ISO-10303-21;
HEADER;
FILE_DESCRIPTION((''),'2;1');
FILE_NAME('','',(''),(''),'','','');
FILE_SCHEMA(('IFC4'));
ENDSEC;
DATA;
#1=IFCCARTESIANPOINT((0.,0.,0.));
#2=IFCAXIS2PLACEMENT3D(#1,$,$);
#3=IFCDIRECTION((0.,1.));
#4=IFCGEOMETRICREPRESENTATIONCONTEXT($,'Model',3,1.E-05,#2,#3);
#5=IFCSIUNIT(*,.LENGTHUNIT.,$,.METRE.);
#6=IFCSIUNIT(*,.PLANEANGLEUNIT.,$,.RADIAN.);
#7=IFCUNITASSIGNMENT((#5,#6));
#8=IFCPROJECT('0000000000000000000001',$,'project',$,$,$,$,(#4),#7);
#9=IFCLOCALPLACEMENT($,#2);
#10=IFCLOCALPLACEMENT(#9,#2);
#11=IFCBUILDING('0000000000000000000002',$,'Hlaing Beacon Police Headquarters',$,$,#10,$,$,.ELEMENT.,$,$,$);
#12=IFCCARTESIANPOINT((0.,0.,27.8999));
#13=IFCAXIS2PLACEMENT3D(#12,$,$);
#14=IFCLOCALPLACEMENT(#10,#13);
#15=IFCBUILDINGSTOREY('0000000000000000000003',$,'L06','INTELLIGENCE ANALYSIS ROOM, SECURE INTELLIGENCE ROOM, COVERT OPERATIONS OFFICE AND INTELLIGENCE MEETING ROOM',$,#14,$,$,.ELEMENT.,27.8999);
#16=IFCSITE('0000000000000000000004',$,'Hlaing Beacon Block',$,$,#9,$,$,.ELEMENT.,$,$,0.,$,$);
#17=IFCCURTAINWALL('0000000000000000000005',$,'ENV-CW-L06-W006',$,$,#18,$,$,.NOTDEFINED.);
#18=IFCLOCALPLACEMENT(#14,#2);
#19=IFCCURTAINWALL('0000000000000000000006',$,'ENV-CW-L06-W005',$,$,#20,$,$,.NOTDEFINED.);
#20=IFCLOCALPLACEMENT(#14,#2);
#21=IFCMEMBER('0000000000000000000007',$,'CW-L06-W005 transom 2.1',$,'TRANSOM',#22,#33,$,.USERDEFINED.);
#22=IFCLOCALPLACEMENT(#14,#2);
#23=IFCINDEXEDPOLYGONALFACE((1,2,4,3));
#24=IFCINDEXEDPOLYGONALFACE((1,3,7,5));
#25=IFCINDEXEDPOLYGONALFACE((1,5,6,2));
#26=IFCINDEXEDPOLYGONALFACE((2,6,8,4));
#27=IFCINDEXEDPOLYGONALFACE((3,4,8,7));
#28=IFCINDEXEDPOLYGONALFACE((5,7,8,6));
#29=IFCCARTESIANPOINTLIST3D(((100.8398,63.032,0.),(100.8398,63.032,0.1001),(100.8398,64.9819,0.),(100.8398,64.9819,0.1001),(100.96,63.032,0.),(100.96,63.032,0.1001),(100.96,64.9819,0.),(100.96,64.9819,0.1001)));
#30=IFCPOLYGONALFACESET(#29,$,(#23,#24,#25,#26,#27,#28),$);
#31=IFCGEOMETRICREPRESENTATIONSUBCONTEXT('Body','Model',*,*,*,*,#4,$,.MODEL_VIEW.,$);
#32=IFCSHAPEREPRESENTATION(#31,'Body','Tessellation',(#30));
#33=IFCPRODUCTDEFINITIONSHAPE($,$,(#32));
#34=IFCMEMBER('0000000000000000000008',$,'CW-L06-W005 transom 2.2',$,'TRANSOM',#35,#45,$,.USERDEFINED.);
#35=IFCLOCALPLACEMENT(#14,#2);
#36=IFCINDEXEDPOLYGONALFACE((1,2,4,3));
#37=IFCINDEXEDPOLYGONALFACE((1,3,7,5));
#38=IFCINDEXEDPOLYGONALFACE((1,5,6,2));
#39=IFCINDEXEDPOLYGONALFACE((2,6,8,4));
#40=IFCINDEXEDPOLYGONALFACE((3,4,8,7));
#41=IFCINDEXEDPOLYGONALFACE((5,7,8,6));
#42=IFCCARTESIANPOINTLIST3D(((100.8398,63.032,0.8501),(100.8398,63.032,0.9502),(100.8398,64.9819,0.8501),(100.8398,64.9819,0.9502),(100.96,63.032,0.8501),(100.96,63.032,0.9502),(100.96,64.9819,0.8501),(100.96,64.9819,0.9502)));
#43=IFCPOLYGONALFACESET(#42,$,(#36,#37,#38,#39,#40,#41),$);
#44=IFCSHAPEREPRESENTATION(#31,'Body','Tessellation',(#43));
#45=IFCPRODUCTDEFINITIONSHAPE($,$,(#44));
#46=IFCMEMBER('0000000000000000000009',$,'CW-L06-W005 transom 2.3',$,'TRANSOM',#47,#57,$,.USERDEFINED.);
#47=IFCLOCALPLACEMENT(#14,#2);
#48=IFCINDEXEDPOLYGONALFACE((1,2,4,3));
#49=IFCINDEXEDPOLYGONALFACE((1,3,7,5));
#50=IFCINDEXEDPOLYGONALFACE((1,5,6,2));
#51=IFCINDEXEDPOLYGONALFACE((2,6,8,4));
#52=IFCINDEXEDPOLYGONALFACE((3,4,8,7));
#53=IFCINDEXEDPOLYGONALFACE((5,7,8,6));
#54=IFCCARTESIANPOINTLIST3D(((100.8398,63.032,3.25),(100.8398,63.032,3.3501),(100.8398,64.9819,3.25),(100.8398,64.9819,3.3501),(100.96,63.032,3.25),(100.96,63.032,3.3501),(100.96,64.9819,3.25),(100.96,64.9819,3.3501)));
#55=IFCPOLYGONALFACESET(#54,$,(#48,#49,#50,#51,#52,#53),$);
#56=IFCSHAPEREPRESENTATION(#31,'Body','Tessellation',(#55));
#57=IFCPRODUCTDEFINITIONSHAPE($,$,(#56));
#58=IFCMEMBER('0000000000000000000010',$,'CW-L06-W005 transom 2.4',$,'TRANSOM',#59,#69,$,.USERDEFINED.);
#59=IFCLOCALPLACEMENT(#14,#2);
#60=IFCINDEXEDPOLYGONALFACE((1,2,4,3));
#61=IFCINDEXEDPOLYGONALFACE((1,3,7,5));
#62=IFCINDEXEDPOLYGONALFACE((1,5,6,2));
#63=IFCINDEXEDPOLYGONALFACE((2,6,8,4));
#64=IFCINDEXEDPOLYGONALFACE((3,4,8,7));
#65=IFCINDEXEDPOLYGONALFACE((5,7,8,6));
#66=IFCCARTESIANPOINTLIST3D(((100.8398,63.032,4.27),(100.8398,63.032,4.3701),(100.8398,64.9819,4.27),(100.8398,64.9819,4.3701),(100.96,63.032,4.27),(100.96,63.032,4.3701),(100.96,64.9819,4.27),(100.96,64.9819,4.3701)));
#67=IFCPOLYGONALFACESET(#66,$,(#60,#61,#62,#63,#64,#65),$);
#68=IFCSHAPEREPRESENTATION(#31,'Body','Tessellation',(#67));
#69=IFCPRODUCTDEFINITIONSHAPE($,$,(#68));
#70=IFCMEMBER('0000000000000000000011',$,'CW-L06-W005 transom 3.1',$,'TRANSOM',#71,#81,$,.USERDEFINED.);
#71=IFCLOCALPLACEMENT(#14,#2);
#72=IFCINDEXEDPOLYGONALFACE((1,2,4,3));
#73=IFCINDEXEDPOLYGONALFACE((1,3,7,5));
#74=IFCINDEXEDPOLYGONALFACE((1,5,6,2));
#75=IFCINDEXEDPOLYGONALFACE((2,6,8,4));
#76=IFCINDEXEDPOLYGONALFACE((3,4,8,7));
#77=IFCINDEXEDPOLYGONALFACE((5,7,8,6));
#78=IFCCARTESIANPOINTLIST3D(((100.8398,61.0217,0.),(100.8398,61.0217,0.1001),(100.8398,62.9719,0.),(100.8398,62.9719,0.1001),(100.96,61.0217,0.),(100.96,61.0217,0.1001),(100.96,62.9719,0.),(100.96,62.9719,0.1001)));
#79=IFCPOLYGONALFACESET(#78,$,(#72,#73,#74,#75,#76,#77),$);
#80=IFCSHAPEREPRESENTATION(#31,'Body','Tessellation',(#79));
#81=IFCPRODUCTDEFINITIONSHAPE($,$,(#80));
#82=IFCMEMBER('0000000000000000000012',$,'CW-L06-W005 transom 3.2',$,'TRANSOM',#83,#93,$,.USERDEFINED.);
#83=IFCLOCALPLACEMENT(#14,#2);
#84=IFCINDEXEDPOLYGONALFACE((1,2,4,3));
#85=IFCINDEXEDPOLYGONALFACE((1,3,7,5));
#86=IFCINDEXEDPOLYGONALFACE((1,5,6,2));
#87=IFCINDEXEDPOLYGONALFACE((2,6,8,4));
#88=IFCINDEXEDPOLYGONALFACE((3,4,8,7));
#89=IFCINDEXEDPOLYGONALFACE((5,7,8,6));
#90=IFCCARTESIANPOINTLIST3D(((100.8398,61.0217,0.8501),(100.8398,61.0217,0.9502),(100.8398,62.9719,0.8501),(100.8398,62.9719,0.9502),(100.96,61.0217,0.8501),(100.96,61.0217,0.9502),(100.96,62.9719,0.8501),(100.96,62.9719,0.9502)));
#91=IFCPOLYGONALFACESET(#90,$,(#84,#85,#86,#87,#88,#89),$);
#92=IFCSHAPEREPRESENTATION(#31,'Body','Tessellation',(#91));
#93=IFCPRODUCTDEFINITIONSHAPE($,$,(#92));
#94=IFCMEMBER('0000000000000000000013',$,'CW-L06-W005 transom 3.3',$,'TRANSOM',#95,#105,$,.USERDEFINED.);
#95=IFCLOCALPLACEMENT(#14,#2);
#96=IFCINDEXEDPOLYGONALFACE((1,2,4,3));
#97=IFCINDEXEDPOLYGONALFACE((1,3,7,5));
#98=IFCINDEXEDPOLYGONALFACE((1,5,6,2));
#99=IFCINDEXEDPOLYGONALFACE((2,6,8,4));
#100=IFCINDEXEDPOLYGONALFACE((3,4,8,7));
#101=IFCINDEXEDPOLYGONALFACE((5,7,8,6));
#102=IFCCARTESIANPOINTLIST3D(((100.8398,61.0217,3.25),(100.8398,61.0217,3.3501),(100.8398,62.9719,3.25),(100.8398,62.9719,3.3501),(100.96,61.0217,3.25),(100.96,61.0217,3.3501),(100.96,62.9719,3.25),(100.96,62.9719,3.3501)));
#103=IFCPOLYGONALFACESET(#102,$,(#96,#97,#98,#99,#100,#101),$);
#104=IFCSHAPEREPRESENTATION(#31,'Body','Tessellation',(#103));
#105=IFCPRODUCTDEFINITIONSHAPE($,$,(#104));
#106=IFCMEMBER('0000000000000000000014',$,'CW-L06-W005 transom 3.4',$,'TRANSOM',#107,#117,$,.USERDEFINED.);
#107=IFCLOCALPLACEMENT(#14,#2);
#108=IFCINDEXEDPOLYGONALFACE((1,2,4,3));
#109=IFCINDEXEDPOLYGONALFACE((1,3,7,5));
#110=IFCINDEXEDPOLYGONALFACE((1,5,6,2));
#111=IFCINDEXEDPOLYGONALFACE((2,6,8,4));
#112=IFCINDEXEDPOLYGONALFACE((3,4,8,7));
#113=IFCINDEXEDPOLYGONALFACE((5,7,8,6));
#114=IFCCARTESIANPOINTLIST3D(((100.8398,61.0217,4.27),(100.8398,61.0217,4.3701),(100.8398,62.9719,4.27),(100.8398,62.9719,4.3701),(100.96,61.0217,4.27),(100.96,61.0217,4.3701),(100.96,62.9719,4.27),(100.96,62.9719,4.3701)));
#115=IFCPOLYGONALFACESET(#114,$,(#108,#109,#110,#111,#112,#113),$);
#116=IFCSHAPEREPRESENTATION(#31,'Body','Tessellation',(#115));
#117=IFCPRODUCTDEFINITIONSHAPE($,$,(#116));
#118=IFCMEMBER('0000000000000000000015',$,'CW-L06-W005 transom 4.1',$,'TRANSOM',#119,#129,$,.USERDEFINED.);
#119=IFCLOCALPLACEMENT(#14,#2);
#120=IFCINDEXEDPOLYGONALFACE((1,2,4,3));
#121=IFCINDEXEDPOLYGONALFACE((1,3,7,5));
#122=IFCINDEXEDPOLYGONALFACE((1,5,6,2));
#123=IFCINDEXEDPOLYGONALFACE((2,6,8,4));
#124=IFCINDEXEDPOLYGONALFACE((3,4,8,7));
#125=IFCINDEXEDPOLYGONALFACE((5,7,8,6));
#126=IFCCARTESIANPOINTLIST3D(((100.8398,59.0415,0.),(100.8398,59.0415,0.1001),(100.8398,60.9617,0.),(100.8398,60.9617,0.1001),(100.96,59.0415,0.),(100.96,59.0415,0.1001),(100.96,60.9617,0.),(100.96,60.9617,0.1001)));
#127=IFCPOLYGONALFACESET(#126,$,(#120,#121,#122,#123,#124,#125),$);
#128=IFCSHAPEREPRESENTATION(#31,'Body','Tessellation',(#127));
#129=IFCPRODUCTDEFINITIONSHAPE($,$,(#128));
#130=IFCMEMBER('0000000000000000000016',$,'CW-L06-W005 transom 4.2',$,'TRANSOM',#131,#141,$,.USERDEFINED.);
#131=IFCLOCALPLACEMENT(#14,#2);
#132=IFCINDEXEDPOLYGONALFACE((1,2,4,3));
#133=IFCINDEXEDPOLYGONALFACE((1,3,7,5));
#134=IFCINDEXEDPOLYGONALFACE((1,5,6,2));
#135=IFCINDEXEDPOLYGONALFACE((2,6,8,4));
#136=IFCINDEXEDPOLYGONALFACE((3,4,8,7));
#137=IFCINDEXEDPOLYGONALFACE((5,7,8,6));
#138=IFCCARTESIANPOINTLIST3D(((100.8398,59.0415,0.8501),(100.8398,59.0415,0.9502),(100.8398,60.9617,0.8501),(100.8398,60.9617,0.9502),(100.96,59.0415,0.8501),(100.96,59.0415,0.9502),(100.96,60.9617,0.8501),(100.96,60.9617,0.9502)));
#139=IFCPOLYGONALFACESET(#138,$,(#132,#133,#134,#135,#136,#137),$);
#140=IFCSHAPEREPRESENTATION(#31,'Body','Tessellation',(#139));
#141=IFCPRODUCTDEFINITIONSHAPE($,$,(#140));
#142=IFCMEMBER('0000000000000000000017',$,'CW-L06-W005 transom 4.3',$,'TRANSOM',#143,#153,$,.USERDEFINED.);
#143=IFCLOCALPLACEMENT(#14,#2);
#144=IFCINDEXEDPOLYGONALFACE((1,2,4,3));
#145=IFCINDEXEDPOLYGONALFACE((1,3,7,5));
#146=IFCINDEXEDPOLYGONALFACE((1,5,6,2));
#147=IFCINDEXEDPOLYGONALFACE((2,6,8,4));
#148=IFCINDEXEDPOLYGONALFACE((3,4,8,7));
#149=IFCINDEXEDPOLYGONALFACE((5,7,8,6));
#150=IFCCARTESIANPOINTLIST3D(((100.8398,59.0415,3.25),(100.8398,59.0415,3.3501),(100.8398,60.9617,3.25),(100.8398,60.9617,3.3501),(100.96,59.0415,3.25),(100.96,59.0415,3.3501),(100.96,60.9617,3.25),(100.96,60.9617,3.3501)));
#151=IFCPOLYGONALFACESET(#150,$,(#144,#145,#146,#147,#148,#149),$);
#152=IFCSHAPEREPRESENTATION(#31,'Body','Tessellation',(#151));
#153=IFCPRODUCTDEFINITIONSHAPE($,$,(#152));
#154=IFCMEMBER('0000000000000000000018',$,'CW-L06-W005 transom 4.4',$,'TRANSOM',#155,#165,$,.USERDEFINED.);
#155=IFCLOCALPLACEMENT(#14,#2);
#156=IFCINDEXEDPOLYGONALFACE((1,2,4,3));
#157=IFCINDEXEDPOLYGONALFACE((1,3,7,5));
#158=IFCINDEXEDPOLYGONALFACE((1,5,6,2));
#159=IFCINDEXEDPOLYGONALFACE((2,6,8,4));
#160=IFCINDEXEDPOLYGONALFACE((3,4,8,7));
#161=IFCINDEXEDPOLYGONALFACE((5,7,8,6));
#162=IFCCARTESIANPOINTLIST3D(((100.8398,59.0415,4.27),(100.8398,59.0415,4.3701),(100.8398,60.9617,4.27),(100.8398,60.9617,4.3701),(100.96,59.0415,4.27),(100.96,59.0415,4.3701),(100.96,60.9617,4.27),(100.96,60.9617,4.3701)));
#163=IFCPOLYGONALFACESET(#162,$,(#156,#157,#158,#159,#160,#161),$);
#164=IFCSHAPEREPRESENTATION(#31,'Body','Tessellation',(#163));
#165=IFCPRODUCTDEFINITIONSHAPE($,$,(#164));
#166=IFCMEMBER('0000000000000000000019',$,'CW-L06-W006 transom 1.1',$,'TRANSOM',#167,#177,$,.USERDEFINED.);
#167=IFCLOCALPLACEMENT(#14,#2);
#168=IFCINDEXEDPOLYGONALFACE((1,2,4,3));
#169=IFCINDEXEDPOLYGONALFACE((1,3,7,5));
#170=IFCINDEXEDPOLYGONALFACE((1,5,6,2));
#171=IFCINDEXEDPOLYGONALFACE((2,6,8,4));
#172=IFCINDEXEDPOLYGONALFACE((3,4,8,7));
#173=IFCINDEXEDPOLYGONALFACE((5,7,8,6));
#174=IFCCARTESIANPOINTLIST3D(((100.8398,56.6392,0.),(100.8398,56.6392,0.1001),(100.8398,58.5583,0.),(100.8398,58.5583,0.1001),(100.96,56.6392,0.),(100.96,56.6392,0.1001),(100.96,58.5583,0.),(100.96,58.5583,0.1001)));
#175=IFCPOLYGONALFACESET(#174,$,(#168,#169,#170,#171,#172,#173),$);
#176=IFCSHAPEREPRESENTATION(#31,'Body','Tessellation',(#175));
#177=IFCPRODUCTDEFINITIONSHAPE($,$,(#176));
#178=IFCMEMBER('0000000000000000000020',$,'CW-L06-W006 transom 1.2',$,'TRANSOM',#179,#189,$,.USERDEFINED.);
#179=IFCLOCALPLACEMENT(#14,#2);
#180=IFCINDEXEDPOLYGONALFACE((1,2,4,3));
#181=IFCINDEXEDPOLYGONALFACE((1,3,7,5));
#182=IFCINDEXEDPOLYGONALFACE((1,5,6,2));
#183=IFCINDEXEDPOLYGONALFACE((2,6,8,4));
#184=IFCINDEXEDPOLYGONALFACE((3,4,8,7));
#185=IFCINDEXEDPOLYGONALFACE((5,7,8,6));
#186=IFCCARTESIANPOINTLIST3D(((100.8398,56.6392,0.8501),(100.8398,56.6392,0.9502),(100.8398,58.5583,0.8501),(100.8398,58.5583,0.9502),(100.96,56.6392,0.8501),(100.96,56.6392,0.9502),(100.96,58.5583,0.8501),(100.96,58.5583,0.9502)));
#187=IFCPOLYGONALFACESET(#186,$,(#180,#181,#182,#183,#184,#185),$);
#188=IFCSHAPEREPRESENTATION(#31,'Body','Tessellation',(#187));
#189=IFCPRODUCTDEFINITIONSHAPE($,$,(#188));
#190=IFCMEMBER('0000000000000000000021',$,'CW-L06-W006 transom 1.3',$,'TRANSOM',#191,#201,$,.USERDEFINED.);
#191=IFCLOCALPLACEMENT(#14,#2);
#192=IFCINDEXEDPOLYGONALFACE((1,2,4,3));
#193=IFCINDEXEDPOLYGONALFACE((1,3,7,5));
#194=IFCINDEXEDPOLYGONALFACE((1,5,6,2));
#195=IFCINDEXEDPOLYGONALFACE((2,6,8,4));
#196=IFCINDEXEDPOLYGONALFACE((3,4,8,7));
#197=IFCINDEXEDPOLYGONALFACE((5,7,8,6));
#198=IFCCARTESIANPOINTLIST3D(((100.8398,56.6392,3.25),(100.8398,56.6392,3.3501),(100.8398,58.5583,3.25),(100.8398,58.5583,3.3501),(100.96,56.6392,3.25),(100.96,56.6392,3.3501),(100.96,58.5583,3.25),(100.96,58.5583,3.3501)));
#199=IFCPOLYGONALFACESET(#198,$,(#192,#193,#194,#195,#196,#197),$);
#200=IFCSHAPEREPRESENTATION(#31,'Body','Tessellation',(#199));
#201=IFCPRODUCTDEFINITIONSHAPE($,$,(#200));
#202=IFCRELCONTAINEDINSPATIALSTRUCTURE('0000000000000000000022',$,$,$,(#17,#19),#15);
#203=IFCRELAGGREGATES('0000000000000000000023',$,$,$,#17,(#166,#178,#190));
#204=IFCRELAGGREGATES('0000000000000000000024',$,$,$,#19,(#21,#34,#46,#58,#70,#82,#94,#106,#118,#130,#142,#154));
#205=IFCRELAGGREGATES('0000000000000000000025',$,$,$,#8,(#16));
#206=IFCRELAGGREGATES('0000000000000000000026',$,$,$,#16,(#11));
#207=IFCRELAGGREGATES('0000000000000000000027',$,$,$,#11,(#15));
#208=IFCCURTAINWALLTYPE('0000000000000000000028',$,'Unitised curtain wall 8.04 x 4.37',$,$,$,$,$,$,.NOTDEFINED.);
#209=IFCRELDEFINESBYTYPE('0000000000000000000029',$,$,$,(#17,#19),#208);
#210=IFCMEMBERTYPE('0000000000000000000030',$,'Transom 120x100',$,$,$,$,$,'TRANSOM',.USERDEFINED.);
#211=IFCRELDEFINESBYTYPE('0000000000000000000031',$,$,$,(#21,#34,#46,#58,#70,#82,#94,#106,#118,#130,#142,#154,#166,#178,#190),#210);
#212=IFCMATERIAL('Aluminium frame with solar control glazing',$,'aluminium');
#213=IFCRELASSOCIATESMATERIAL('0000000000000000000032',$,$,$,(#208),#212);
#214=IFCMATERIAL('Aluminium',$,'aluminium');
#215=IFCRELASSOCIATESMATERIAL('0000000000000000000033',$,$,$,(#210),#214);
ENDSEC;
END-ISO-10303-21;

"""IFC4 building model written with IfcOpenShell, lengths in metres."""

from ifc_helpers import new_model, si_unit, direction, frame, origin, origin_2d, place, context, subcontext, project, spatial, rectangle, extrude, material, material_profile, profile_set, type_object, element, aggregate, save


model = new_model("IFC4")

# Units and contexts
model_context = context("Model", 3, precision=1e-05, world=origin(), true_north=direction((0.0, 1.0)))
body_context = subcontext(model_context, "Body", "Model", "MODEL_VIEW")
ifc_project = project(units=[si_unit("LENGTHUNIT", "METRE"), si_unit("PLANEANGLEUNIT", "RADIAN")], contexts=[model_context])

# Site, building, storey
site_placement = place(None, origin())
site = spatial("IfcSite", under=ifc_project, at=site_placement, Name="Hlaing Beacon Block", CompositionType="ELEMENT", RefElevation=0.0)
building_placement = place(site_placement, origin())
building = spatial("IfcBuilding", under=site, at=building_placement, Name="Hlaing Beacon Police Headquarters", CompositionType="ELEMENT")
storey_placement = place(building_placement, frame((0.0, 0.0, 27.8999)))
storey = spatial("IfcBuildingStorey", under=building, at=storey_placement, Name="L06", Description="INTELLIGENCE ANALYSIS ROOM, SECURE INTELLIGENCE ROOM, COVERT OPERATIONS OFFICE AND INTELLIGENCE MEETING ROOM", CompositionType="ELEMENT", Elevation=27.8999)

# Curtain wall
ifc_material_1 = material(Name="Aluminium frame with solar control glazing", Category="aluminium")
curtain_wall_type = type_object("IfcCurtainWallType", Name="Unitised curtain wall 8.04 x 4.37", PredefinedType="NOTDEFINED", material=ifc_material_1)
curtain_wall_1_placement = place(storey_placement, origin())
curtain_wall_1 = element("IfcCurtainWall", 1, at=curtain_wall_1_placement, inside=storey, type_object=curtain_wall_type, Name="ENV-CW-L06-W006", PredefinedType="NOTDEFINED")

# Curtain wall, members
curtain_wall_2_placement = place(storey_placement, origin())
curtain_wall_2 = element("IfcCurtainWall", 2, at=curtain_wall_2_placement, inside=storey, type_object=curtain_wall_type, Name="ENV-CW-L06-W005", PredefinedType="NOTDEFINED")
ifc_material_2 = material(Name="Aluminium", Category="aluminium")
ifc_material_profile_1 = material_profile(ifc_material_2, rectangle(XDim=0.1201, YDim=0.1001, at=origin_2d()), Name="Transom 120x100")
ifc_profile_set_1 = profile_set([ifc_material_profile_1], Name="Aluminium")
member_type_1 = type_object("IfcMemberType", Name="Transom 120x100", ElementType="TRANSOM", PredefinedType="USERDEFINED", material=ifc_profile_set_1)
member_1_placement = place(storey_placement, frame((100.8999, 64.9819, 0.05), z_axis=(0.0, -1.0, 0.0), x_axis=(1.0, 0.0, 0.0)))
member_1 = element("IfcMember", 3, at=member_1_placement, type_object=member_type_1, Name="CW-L06-W005 transom 2.1", ObjectType="TRANSOM", PredefinedType="USERDEFINED", context=body_context, shape_type="SweptSolid", body=[
    extrude(rectangle(XDim=0.1201, YDim=0.1001, at=origin_2d()), origin(), (0.0, 0.0, 1.0), 1.95),
])
member_2_placement = place(storey_placement, frame((100.8999, 64.9819, 0.9001), z_axis=(0.0, -1.0, 0.0), x_axis=(1.0, 0.0, 0.0)))
member_2 = element("IfcMember", 4, at=member_2_placement, type_object=member_type_1, Name="CW-L06-W005 transom 2.2", ObjectType="TRANSOM", PredefinedType="USERDEFINED", context=body_context, shape_type="SweptSolid", body=[
    extrude(rectangle(XDim=0.1201, YDim=0.1001, at=origin_2d()), origin(), (0.0, 0.0, 1.0), 1.95),
])
member_3_placement = place(storey_placement, frame((100.8999, 64.9819, 3.3), z_axis=(0.0, -1.0, 0.0), x_axis=(1.0, 0.0, 0.0)))
member_3 = element("IfcMember", 5, at=member_3_placement, type_object=member_type_1, Name="CW-L06-W005 transom 2.3", ObjectType="TRANSOM", PredefinedType="USERDEFINED", context=body_context, shape_type="SweptSolid", body=[
    extrude(rectangle(XDim=0.1201, YDim=0.1001, at=origin_2d()), origin(), (0.0, 0.0, 1.0), 1.95),
])
member_4_placement = place(storey_placement, frame((100.8999, 64.9819, 4.3201), z_axis=(0.0, -1.0, 0.0), x_axis=(1.0, 0.0, 0.0)))
member_4 = element("IfcMember", 6, at=member_4_placement, type_object=member_type_1, Name="CW-L06-W005 transom 2.4", ObjectType="TRANSOM", PredefinedType="USERDEFINED", context=body_context, shape_type="SweptSolid", body=[
    extrude(rectangle(XDim=0.1201, YDim=0.1001, at=origin_2d()), origin(), (0.0, 0.0, 1.0), 1.95),
])
member_5_placement = place(storey_placement, frame((100.8999, 62.9719, 0.05), z_axis=(0.0, -1.0, 0.0), x_axis=(1.0, 0.0, 0.0)))
member_5 = element("IfcMember", 7, at=member_5_placement, type_object=member_type_1, Name="CW-L06-W005 transom 3.1", ObjectType="TRANSOM", PredefinedType="USERDEFINED", context=body_context, shape_type="SweptSolid", body=[
    extrude(rectangle(XDim=0.1201, YDim=0.1001, at=origin_2d()), origin(), (0.0, 0.0, 1.0), 1.9502),
])
member_6_placement = place(storey_placement, frame((100.8999, 62.9719, 0.9001), z_axis=(0.0, -1.0, 0.0), x_axis=(1.0, 0.0, 0.0)))
member_6 = element("IfcMember", 8, at=member_6_placement, type_object=member_type_1, Name="CW-L06-W005 transom 3.2", ObjectType="TRANSOM", PredefinedType="USERDEFINED", context=body_context, shape_type="SweptSolid", body=[
    extrude(rectangle(XDim=0.1201, YDim=0.1001, at=origin_2d()), origin(), (0.0, 0.0, 1.0), 1.9502),
])
member_7_placement = place(storey_placement, frame((100.8999, 62.9719, 3.3), z_axis=(0.0, -1.0, 0.0), x_axis=(1.0, 0.0, 0.0)))
member_7 = element("IfcMember", 9, at=member_7_placement, type_object=member_type_1, Name="CW-L06-W005 transom 3.3", ObjectType="TRANSOM", PredefinedType="USERDEFINED", context=body_context, shape_type="SweptSolid", body=[
    extrude(rectangle(XDim=0.1201, YDim=0.1001, at=origin_2d()), origin(), (0.0, 0.0, 1.0), 1.9502),
])
member_8_placement = place(storey_placement, frame((100.8999, 62.9719, 4.3201), z_axis=(0.0, -1.0, 0.0), x_axis=(1.0, 0.0, 0.0)))
member_8 = element("IfcMember", 10, at=member_8_placement, type_object=member_type_1, Name="CW-L06-W005 transom 3.4", ObjectType="TRANSOM", PredefinedType="USERDEFINED", context=body_context, shape_type="SweptSolid", body=[
    extrude(rectangle(XDim=0.1201, YDim=0.1001, at=origin_2d()), origin(), (0.0, 0.0, 1.0), 1.9502),
])
member_9_placement = place(storey_placement, frame((100.8999, 60.9617, 0.05), z_axis=(0.0, -1.0, 0.0), x_axis=(1.0, 0.0, 0.0)))
member_9 = element("IfcMember", 11, at=member_9_placement, type_object=member_type_1, Name="CW-L06-W005 transom 4.1", ObjectType="TRANSOM", PredefinedType="USERDEFINED", context=body_context, shape_type="SweptSolid", body=[
    extrude(rectangle(XDim=0.1201, YDim=0.1001, at=origin_2d()), origin(), (0.0, 0.0, 1.0), 1.9202),
])
member_10_placement = place(storey_placement, frame((100.8999, 60.9617, 0.9001), z_axis=(0.0, -1.0, 0.0), x_axis=(1.0, 0.0, 0.0)))
member_10 = element("IfcMember", 12, at=member_10_placement, type_object=member_type_1, Name="CW-L06-W005 transom 4.2", ObjectType="TRANSOM", PredefinedType="USERDEFINED", context=body_context, shape_type="SweptSolid", body=[
    extrude(rectangle(XDim=0.1201, YDim=0.1001, at=origin_2d()), origin(), (0.0, 0.0, 1.0), 1.9202),
])
member_11_placement = place(storey_placement, frame((100.8999, 60.9617, 3.3), z_axis=(0.0, -1.0, 0.0), x_axis=(1.0, 0.0, 0.0)))
member_11 = element("IfcMember", 13, at=member_11_placement, type_object=member_type_1, Name="CW-L06-W005 transom 4.3", ObjectType="TRANSOM", PredefinedType="USERDEFINED", context=body_context, shape_type="SweptSolid", body=[
    extrude(rectangle(XDim=0.1201, YDim=0.1001, at=origin_2d()), origin(), (0.0, 0.0, 1.0), 1.9202),
])
member_12_placement = place(storey_placement, frame((100.8999, 60.9617, 4.3201), z_axis=(0.0, -1.0, 0.0), x_axis=(1.0, 0.0, 0.0)))
member_12 = element("IfcMember", 14, at=member_12_placement, type_object=member_type_1, Name="CW-L06-W005 transom 4.4", ObjectType="TRANSOM", PredefinedType="USERDEFINED", context=body_context, shape_type="SweptSolid", body=[
    extrude(rectangle(XDim=0.1201, YDim=0.1001, at=origin_2d()), origin(), (0.0, 0.0, 1.0), 1.9202),
])

# Members
member_13_placement = place(storey_placement, frame((100.8999, 58.5583, 0.05), z_axis=(0.0, -1.0, 0.0), x_axis=(1.0, 0.0, 0.0)))
member_13 = element("IfcMember", 15, at=member_13_placement, type_object=member_type_1, Name="CW-L06-W006 transom 1.1", ObjectType="TRANSOM", PredefinedType="USERDEFINED", context=body_context, shape_type="SweptSolid", body=[
    extrude(rectangle(XDim=0.1201, YDim=0.1001, at=origin_2d()), origin(), (0.0, 0.0, 1.0), 1.9192),
])
member_14_placement = place(storey_placement, frame((100.8999, 58.5583, 0.9001), z_axis=(0.0, -1.0, 0.0), x_axis=(1.0, 0.0, 0.0)))
member_14 = element("IfcMember", 16, at=member_14_placement, type_object=member_type_1, Name="CW-L06-W006 transom 1.2", ObjectType="TRANSOM", PredefinedType="USERDEFINED", context=body_context, shape_type="SweptSolid", body=[
    extrude(rectangle(XDim=0.1201, YDim=0.1001, at=origin_2d()), origin(), (0.0, 0.0, 1.0), 1.9192),
])
member_15_placement = place(storey_placement, frame((100.8999, 58.5583, 3.3), z_axis=(0.0, -1.0, 0.0), x_axis=(1.0, 0.0, 0.0)))
member_15 = element("IfcMember", 17, at=member_15_placement, type_object=member_type_1, Name="CW-L06-W006 transom 1.3", ObjectType="TRANSOM", PredefinedType="USERDEFINED", context=body_context, shape_type="SweptSolid", body=[
    extrude(rectangle(XDim=0.1201, YDim=0.1001, at=origin_2d()), origin(), (0.0, 0.0, 1.0), 1.9192),
])
aggregate(curtain_wall_1, [member_13, member_14, member_15])

aggregate(curtain_wall_2, [member_1, member_2, member_3, member_4, member_5, member_6, member_7, member_8, member_9, member_10, member_11, member_12])

save(model, "model.ifc")
